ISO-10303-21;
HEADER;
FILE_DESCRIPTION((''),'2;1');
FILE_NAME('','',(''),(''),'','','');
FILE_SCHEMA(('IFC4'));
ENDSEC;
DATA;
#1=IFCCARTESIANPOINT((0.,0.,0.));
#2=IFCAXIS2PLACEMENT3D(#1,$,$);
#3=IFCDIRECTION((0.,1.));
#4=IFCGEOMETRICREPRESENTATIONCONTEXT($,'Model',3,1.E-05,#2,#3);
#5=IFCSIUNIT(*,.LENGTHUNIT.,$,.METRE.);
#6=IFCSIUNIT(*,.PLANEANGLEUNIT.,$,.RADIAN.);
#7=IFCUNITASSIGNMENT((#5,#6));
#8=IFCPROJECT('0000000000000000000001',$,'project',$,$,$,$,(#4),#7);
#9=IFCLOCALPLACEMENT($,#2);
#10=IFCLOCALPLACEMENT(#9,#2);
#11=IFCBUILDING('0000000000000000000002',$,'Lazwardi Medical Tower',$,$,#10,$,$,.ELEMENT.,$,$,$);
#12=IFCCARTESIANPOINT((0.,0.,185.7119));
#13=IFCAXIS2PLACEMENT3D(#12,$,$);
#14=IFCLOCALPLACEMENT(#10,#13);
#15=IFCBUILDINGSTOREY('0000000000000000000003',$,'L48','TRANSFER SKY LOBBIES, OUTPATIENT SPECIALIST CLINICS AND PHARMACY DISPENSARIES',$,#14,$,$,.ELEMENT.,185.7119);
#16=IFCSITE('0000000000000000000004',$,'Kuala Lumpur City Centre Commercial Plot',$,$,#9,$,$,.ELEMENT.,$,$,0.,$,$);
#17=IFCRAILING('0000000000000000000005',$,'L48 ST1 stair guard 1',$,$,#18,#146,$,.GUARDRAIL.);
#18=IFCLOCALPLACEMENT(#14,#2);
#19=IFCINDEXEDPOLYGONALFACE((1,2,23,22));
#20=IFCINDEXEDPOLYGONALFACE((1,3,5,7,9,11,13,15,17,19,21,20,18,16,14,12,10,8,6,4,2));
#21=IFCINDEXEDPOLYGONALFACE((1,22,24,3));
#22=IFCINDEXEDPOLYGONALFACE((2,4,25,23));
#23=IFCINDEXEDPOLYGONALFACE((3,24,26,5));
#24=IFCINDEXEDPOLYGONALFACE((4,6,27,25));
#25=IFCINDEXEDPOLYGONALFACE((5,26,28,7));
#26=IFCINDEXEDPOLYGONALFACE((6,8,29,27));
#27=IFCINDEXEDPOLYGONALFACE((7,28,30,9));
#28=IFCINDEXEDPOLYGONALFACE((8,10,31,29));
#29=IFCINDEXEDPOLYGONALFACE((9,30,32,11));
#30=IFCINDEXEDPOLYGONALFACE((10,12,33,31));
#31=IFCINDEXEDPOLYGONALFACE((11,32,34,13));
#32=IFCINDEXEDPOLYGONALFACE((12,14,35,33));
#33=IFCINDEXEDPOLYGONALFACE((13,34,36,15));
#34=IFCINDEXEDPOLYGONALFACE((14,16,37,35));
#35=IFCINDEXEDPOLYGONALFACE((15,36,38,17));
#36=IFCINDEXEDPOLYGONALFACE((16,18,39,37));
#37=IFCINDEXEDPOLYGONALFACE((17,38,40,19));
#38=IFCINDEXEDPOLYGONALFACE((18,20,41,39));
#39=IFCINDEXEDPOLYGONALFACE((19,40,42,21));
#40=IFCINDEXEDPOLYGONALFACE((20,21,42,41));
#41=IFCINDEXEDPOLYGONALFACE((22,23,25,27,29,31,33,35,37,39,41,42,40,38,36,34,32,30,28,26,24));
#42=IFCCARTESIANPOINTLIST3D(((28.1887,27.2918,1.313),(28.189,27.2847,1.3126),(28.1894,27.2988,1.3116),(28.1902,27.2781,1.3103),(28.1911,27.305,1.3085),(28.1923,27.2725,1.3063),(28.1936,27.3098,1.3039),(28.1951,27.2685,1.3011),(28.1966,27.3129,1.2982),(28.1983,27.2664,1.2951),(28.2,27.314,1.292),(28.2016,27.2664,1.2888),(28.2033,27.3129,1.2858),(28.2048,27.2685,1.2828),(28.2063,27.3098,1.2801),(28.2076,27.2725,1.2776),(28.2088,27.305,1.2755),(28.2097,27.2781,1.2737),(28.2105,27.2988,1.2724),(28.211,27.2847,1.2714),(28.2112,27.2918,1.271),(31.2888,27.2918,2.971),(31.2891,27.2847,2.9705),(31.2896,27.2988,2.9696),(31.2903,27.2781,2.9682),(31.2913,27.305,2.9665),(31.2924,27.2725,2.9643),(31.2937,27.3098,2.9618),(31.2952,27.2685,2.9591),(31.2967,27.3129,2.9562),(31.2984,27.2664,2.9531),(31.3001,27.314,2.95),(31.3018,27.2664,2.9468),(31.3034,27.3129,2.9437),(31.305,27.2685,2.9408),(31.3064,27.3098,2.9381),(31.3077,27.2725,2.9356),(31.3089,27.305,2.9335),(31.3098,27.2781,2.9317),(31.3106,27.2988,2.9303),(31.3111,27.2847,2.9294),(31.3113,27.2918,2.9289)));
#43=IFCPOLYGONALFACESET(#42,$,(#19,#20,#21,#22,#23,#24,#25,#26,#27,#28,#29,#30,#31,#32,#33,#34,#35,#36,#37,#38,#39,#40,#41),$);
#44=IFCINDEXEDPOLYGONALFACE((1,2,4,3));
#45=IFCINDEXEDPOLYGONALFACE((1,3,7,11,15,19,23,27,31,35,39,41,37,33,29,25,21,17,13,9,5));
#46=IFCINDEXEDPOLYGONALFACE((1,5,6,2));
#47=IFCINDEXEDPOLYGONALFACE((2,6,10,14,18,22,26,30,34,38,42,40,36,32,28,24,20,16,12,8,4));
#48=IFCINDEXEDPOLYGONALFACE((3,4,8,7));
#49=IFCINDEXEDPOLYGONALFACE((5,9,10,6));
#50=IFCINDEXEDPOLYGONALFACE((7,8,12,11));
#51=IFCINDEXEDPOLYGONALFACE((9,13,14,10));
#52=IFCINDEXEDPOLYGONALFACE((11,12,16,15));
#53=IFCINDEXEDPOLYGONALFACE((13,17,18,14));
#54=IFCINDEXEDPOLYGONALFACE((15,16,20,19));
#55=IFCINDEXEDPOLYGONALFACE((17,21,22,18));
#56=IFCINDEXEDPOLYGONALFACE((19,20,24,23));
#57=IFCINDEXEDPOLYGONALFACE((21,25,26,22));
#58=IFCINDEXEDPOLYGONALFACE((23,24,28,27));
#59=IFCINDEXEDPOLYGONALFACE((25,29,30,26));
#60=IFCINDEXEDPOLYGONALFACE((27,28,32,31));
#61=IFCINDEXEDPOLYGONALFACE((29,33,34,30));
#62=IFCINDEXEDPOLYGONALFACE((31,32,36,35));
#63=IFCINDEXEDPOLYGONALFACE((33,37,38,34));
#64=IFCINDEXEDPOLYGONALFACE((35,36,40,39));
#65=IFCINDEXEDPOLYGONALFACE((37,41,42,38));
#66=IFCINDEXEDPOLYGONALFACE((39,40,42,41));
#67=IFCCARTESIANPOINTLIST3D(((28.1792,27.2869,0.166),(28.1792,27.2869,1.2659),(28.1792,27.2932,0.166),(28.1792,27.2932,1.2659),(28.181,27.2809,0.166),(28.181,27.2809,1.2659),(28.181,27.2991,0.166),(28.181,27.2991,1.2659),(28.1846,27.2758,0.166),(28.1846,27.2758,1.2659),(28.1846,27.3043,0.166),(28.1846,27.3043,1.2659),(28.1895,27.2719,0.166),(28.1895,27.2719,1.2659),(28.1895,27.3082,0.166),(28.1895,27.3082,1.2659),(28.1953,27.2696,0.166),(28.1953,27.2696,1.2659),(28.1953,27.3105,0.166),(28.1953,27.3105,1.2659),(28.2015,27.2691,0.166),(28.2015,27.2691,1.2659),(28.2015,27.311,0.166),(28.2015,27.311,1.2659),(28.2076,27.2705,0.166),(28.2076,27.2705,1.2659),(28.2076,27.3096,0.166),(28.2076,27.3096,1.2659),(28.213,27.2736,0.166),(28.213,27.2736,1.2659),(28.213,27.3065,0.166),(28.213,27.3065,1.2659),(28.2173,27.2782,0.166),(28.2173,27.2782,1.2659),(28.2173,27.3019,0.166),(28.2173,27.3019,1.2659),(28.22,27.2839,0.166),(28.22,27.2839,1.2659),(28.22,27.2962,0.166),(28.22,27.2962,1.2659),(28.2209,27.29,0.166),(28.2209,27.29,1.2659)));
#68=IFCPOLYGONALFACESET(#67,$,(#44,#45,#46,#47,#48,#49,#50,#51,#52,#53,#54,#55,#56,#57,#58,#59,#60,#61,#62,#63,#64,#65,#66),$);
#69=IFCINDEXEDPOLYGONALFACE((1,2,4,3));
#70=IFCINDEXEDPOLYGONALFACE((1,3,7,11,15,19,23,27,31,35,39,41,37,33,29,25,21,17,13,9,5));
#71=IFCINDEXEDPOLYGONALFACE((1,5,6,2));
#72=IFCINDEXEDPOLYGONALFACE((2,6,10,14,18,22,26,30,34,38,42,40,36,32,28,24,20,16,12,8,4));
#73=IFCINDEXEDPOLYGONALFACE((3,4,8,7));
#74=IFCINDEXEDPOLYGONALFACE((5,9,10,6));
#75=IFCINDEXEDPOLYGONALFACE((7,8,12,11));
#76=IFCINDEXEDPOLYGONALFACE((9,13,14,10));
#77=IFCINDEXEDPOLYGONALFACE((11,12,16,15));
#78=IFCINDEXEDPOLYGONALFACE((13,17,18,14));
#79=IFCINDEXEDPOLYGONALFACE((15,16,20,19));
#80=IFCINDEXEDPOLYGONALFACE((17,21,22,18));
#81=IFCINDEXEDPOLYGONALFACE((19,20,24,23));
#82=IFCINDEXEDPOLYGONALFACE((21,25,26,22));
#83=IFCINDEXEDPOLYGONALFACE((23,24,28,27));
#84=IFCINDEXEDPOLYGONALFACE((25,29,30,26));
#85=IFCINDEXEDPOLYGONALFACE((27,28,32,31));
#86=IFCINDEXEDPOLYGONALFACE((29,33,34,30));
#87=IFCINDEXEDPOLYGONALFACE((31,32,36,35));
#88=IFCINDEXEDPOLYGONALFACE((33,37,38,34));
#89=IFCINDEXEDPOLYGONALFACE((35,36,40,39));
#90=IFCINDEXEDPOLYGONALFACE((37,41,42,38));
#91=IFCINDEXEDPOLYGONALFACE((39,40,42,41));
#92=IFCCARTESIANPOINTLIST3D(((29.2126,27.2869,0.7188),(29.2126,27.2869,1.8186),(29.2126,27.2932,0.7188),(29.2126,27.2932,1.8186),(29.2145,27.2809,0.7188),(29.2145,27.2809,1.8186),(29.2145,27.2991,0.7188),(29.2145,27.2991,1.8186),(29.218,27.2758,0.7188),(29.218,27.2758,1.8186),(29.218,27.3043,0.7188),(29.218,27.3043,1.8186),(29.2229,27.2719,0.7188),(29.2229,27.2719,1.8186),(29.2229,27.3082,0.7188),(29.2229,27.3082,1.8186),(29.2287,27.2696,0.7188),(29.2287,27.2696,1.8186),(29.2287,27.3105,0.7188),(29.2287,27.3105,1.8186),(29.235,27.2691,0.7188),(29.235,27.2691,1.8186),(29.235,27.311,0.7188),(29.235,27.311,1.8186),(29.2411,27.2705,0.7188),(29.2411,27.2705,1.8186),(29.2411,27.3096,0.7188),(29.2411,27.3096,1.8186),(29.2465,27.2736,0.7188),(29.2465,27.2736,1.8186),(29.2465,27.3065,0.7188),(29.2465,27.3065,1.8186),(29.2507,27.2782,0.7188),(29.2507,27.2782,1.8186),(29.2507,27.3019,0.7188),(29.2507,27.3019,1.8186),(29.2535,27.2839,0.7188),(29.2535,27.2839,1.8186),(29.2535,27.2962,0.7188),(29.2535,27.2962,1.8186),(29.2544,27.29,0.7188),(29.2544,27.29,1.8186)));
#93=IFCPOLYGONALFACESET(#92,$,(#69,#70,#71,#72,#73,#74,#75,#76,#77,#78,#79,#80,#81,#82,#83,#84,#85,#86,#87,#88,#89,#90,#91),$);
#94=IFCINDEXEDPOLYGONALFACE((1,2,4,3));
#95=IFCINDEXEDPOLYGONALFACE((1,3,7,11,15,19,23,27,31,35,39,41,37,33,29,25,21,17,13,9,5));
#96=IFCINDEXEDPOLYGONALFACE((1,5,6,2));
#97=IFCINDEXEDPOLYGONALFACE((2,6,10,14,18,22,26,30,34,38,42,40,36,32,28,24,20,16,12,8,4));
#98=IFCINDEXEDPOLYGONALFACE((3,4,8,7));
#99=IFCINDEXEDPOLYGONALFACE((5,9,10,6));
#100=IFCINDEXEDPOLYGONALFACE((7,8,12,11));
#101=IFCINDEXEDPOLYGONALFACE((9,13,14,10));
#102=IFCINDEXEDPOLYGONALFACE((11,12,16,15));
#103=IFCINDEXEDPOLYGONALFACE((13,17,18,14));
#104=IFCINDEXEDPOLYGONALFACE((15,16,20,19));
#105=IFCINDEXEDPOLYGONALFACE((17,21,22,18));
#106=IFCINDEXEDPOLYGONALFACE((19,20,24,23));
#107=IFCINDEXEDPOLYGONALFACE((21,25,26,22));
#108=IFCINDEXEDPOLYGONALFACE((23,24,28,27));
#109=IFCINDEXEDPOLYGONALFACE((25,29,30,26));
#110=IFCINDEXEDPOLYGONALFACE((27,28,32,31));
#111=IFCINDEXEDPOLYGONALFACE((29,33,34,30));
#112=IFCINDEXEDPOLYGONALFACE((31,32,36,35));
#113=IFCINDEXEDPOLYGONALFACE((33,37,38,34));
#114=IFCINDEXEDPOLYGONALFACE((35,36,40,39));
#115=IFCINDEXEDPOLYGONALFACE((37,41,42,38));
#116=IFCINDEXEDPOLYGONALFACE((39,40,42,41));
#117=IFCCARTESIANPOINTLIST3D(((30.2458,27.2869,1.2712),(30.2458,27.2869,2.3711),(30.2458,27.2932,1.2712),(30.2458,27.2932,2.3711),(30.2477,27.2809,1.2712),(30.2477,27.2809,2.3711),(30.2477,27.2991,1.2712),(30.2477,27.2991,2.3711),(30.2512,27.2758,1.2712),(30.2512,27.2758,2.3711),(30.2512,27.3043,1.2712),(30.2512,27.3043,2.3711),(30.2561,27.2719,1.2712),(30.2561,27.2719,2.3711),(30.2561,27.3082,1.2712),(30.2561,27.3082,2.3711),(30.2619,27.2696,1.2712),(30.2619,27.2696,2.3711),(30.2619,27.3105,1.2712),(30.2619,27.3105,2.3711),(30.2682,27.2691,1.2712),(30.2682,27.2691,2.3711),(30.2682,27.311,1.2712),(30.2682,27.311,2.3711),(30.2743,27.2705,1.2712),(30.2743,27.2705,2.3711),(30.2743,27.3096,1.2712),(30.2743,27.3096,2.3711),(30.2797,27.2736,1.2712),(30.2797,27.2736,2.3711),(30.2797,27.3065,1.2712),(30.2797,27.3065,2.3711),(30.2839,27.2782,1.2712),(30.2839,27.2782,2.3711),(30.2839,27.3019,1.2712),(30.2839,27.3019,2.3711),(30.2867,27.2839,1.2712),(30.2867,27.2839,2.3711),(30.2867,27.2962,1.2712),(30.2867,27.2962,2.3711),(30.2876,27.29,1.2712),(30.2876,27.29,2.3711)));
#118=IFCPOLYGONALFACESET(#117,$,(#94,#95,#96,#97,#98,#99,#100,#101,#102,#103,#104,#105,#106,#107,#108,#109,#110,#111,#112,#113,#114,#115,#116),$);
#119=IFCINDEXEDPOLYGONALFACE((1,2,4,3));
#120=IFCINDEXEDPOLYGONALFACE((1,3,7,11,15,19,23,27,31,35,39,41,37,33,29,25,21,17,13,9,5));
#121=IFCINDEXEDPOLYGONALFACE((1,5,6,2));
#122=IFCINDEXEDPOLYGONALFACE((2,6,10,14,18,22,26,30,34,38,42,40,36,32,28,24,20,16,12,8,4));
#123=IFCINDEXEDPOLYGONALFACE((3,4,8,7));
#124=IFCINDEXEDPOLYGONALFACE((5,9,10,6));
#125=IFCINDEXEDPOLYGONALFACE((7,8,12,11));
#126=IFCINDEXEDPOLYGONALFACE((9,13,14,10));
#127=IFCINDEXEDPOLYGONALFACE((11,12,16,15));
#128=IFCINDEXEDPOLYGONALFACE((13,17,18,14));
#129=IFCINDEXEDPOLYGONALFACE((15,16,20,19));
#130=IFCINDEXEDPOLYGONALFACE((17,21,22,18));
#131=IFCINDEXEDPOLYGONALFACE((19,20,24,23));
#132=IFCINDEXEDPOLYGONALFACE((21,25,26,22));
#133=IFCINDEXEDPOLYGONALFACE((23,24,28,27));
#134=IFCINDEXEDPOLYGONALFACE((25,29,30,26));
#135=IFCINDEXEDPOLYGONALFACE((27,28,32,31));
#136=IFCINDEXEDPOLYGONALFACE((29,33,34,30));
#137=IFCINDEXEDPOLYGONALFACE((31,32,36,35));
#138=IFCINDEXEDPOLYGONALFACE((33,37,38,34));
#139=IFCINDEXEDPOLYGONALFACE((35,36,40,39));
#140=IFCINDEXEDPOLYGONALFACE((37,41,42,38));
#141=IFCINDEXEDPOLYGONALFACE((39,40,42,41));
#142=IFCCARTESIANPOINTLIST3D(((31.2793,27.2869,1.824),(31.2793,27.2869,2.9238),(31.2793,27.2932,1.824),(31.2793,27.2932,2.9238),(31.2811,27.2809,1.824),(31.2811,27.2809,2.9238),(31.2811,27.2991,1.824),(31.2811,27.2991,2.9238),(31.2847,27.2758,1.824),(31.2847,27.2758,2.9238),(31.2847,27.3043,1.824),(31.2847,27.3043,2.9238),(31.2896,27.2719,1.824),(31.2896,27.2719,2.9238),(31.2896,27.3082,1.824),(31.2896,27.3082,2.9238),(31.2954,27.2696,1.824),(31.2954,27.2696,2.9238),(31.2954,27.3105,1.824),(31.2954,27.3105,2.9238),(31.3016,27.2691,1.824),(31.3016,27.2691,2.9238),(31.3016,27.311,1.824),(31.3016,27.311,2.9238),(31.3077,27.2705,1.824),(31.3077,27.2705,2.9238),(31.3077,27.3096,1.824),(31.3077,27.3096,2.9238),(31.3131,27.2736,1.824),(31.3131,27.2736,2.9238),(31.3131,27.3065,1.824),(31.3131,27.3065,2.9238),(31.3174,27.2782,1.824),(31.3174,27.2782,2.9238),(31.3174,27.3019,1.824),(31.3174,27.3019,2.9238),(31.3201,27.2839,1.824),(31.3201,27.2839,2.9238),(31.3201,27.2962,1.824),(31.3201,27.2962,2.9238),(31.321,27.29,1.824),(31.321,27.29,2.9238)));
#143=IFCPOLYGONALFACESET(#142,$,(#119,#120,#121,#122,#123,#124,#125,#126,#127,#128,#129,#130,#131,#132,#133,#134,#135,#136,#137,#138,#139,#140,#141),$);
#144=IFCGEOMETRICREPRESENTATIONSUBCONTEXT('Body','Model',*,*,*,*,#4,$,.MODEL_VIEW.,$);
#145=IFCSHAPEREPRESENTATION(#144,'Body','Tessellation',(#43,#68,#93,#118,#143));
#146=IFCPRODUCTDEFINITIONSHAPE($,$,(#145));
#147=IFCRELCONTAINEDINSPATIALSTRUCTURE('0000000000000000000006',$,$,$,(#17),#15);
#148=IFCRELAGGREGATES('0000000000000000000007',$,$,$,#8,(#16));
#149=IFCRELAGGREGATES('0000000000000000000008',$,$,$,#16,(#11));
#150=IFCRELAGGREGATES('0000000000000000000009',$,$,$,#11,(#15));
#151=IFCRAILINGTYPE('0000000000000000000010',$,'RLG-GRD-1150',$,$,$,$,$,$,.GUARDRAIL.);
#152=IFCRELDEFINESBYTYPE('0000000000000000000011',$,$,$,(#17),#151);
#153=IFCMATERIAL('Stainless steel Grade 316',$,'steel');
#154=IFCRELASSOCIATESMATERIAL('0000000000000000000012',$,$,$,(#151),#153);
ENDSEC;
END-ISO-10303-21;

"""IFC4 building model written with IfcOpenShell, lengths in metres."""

from ifc_helpers import new_model, si_unit, direction, frame, origin, origin_2d, place, context, subcontext, project, spatial, circle, extrude, material, type_object, element, save


model = new_model("IFC4")

# Units and contexts
model_context = context("Model", 3, precision=1e-05, world=origin(), true_north=direction((0.0, 1.0)))
body_context = subcontext(model_context, "Body", "Model", "MODEL_VIEW")
ifc_project = project(units=[si_unit("LENGTHUNIT", "METRE"), si_unit("PLANEANGLEUNIT", "RADIAN")], contexts=[model_context])

# Site, building, storey
site_placement = place(None, origin())
site = spatial("IfcSite", under=ifc_project, at=site_placement, Name="Kuala Lumpur City Centre Commercial Plot", CompositionType="ELEMENT", RefElevation=0.0)
building_placement = place(site_placement, origin())
building = spatial("IfcBuilding", under=site, at=building_placement, Name="Lazwardi Medical Tower", CompositionType="ELEMENT")
storey_placement = place(building_placement, frame((0.0, 0.0, 185.7119)))
storey = spatial("IfcBuildingStorey", under=building, at=storey_placement, Name="L48", Description="TRANSFER SKY LOBBIES, OUTPATIENT SPECIALIST CLINICS AND PHARMACY DISPENSARIES", CompositionType="ELEMENT", Elevation=185.7119)

# Railing
ifc_material_1 = material(Name="Stainless steel Grade 316", Category="steel")
railing_type_1 = type_object("IfcRailingType", Name="RLG-GRD-1150", PredefinedType="GUARDRAIL", material=ifc_material_1)
railing_1_placement = place(storey_placement, frame((28.2, 27.29, 0.166)))
element("IfcRailing", 1, at=railing_1_placement, inside=storey, type_object=railing_type_1, Name="L48 ST1 stair guard 1", PredefinedType="GUARDRAIL", context=body_context, shape_type="SweptSolid", body=[
    extrude(circle(Radius=0.0239, at=origin_2d()), frame((0.0, 0.0, 1.126), z_axis=(0.881812, 0.0, 0.471601), x_axis=(0.0, 1.0, 0.0)), (0.0, 0.0, 1.0), 3.5156),
    extrude(circle(Radius=0.021, at=origin_2d()), origin(), (0.0, 0.0, 1.0), 1.0999),
    extrude(circle(Radius=0.021, at=origin_2d()), frame((1.0334, 0.0, 0.5527)), (0.0, 0.0, 1.0), 1.0999),
    extrude(circle(Radius=0.021, at=origin_2d()), frame((2.0667, 0.0, 1.1052)), (0.0, 0.0, 1.0), 1.0999),
    extrude(circle(Radius=0.021, at=origin_2d()), frame((3.1001, 0.0, 1.658)), (0.0, 0.0, 1.0), 1.0999),
])

save(model, "model.ifc")
